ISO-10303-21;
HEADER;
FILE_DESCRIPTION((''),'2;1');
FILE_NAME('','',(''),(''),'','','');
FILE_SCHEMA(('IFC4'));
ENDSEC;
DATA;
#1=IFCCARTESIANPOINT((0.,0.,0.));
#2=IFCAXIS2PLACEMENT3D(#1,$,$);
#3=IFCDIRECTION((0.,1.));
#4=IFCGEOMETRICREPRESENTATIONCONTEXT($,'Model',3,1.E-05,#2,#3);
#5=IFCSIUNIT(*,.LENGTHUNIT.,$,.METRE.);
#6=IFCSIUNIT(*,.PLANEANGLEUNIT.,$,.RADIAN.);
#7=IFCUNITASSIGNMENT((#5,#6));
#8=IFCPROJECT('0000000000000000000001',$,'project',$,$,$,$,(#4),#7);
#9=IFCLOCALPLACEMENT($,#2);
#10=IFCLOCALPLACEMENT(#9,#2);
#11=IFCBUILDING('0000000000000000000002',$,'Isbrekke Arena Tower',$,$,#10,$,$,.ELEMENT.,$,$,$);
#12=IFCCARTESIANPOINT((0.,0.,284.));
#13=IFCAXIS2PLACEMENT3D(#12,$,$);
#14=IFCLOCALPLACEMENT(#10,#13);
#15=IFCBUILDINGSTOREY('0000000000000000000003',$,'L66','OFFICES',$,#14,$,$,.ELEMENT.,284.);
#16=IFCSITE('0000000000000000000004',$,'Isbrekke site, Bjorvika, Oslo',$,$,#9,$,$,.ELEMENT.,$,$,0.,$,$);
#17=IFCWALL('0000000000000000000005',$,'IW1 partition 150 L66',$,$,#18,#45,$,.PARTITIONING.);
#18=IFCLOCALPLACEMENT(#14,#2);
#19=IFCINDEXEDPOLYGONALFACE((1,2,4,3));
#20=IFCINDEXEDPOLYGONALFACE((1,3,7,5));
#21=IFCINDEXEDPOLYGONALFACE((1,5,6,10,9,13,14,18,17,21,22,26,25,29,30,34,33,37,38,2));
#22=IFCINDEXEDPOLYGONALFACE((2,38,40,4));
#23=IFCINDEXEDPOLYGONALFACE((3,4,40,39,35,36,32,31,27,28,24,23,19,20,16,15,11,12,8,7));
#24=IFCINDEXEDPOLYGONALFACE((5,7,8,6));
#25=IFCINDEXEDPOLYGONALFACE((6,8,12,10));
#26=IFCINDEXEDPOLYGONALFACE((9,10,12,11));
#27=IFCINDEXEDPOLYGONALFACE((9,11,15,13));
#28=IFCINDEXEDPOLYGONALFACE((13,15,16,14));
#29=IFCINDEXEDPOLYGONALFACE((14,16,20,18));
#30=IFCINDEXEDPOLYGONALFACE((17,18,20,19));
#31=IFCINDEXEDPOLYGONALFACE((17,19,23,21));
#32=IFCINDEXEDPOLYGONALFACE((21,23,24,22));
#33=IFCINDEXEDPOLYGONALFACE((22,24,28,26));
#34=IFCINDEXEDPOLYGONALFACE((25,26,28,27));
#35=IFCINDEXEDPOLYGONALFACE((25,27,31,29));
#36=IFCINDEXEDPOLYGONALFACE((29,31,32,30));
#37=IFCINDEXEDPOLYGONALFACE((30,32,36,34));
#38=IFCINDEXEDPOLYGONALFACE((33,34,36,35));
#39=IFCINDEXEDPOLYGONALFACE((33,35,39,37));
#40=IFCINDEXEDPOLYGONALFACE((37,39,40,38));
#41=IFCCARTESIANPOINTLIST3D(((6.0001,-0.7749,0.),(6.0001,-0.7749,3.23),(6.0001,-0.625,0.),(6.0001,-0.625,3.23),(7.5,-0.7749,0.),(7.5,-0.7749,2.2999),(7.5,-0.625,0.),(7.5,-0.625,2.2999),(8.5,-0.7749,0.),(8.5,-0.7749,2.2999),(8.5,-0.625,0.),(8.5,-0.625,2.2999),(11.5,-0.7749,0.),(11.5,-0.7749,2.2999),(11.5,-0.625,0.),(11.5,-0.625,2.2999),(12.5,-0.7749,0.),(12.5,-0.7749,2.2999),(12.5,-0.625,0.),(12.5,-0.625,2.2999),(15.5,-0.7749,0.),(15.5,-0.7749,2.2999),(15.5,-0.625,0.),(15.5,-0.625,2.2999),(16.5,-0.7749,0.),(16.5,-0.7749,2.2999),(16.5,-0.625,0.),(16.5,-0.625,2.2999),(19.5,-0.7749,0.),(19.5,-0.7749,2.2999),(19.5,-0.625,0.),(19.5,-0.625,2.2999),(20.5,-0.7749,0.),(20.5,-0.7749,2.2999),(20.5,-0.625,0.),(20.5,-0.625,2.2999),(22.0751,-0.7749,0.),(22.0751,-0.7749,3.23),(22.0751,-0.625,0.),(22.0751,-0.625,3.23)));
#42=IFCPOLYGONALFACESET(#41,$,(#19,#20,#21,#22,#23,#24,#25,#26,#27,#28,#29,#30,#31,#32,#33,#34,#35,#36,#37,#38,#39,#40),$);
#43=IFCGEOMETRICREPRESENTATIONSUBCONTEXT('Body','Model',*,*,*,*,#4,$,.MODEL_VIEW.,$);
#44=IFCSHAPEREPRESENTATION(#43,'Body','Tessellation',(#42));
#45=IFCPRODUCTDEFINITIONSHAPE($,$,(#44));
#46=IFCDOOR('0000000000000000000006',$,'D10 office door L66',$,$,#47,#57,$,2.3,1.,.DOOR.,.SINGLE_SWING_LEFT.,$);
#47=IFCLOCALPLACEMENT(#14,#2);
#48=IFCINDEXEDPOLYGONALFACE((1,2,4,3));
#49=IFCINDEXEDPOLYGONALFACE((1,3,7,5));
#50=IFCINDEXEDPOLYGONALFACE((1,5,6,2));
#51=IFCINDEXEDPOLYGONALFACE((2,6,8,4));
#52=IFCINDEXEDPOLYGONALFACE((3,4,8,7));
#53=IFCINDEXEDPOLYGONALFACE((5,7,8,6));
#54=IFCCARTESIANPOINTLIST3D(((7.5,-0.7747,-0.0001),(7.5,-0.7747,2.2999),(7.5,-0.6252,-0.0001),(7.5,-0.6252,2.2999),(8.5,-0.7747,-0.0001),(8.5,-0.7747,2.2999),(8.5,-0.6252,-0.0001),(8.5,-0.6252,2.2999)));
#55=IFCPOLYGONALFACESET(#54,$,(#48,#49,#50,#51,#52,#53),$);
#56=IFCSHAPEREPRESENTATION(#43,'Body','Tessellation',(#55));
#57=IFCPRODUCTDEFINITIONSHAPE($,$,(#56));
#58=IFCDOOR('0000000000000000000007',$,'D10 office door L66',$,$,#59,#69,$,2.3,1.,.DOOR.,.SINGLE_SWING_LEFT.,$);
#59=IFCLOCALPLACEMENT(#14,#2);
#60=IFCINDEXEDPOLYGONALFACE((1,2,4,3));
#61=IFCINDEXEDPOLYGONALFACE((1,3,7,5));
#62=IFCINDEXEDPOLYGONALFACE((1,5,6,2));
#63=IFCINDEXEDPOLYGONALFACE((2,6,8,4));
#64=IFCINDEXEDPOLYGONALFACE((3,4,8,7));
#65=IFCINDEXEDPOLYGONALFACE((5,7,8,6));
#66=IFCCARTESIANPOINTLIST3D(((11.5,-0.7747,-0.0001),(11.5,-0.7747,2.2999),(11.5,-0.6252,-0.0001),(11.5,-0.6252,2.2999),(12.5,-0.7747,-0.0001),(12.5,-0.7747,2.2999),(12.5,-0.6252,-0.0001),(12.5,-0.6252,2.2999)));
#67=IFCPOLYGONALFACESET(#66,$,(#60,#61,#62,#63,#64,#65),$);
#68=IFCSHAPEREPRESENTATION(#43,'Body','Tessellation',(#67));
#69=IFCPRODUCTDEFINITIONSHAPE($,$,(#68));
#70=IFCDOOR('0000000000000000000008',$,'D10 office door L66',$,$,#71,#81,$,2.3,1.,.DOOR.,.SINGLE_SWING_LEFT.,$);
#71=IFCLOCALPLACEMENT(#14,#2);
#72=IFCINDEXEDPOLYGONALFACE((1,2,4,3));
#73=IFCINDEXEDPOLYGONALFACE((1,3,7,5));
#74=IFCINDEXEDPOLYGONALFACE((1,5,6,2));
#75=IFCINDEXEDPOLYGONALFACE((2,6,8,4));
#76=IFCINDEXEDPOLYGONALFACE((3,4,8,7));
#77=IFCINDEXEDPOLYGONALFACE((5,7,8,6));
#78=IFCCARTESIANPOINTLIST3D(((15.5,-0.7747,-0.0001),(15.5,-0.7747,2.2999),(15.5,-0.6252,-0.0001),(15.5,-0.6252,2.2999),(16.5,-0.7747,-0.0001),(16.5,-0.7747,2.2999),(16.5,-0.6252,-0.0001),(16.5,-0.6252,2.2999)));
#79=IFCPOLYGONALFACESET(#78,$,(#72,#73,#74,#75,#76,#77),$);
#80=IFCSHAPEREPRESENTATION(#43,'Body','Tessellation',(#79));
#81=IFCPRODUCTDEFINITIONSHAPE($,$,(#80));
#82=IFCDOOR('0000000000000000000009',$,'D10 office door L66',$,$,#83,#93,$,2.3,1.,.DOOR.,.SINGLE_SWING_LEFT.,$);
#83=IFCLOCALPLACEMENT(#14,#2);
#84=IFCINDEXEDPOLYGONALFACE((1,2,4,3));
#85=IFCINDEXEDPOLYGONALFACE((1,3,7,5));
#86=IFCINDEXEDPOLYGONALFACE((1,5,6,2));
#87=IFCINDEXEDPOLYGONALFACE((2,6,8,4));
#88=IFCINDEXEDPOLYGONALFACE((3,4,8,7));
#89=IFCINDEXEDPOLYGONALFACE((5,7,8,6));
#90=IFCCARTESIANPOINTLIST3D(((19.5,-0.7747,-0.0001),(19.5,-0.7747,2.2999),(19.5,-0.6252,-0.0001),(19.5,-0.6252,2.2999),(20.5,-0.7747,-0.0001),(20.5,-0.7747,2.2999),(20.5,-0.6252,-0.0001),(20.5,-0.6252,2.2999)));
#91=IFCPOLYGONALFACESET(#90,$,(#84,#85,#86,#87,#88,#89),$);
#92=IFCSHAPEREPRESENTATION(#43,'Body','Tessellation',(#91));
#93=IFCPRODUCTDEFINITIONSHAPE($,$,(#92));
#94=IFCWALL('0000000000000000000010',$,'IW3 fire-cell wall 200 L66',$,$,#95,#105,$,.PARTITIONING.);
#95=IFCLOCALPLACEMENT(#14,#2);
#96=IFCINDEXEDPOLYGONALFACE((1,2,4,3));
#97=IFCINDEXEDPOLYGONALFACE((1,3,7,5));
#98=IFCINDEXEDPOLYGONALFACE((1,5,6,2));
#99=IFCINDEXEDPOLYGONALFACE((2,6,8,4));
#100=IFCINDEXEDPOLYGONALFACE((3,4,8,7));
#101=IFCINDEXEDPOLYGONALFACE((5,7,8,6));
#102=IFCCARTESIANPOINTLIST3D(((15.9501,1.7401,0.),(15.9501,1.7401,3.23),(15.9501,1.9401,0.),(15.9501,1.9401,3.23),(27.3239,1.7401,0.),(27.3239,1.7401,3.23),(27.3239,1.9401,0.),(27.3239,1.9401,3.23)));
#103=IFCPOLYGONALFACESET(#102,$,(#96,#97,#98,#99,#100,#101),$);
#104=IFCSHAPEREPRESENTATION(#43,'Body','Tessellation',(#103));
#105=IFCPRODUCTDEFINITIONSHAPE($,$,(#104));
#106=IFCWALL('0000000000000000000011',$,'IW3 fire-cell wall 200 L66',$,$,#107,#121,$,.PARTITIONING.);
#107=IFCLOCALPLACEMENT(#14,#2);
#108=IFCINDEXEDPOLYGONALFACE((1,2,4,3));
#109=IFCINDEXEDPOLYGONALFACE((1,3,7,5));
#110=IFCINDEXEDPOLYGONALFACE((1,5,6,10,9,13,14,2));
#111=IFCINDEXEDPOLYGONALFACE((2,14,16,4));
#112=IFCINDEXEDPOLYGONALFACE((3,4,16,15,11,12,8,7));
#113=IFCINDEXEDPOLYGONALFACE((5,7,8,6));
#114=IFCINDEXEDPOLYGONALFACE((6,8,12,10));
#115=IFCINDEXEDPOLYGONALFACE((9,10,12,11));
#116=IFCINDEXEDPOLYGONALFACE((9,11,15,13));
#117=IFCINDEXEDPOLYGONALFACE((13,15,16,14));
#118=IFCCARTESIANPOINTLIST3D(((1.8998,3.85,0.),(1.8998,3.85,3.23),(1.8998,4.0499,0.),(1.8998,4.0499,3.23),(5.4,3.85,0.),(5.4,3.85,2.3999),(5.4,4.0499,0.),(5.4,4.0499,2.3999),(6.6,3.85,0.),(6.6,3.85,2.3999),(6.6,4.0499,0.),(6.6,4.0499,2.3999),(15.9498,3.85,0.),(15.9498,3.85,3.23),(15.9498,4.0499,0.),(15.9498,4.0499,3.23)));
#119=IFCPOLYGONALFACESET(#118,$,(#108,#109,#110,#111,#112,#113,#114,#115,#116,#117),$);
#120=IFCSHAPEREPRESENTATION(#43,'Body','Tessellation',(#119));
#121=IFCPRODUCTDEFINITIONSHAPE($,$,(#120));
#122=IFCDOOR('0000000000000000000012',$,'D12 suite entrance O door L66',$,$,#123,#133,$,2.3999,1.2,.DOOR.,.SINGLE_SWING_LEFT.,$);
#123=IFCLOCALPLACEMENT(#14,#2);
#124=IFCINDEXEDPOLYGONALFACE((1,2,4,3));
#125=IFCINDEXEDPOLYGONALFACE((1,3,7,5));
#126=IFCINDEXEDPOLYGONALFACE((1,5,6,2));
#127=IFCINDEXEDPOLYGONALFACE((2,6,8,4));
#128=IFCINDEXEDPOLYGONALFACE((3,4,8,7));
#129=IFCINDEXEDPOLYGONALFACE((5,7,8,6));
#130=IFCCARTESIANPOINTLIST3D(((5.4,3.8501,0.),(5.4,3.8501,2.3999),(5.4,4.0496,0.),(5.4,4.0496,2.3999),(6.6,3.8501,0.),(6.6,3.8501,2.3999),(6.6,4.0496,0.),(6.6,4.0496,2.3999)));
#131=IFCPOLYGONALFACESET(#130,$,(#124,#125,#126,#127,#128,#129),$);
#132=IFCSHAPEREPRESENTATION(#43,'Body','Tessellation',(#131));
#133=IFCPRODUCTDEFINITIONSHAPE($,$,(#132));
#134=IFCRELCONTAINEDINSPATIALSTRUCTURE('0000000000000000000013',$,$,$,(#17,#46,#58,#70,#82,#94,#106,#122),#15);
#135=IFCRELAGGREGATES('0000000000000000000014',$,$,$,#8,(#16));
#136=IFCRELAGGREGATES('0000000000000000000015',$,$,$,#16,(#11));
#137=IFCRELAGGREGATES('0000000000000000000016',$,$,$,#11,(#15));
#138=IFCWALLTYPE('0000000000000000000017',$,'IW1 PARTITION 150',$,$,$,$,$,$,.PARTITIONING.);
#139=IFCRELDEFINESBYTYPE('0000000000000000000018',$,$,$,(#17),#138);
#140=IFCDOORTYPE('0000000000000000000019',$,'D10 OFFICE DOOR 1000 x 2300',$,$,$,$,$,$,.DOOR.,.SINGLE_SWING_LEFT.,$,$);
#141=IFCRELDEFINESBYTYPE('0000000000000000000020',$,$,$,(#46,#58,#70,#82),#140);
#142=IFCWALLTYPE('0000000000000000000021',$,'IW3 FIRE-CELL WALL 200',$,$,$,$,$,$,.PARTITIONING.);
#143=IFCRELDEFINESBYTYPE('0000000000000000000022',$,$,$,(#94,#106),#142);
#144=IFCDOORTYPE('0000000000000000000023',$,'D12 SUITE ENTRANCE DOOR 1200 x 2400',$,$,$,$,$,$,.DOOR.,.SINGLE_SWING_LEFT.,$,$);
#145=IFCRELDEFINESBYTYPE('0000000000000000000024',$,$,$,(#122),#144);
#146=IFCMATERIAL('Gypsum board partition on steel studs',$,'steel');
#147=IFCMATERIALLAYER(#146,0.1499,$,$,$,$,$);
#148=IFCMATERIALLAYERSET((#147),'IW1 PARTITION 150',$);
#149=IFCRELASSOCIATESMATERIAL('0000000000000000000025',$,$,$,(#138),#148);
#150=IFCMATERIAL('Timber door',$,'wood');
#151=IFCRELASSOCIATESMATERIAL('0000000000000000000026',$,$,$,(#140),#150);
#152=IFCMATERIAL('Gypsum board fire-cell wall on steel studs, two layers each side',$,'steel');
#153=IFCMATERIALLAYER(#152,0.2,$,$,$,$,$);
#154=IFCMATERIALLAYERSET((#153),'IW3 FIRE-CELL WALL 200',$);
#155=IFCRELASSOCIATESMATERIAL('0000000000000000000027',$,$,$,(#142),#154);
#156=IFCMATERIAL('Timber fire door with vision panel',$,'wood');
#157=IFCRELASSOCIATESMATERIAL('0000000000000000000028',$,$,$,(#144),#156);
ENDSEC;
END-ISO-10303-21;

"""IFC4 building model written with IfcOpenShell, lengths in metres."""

from ifc_helpers import new_model, si_unit, direction, frame, frame_2d, origin, place, context, subcontext, project, spatial, rectangle, extrude, material, layer, layer_set, type_object, element, fill, save


model = new_model("IFC4")

# Units and contexts
model_context = context("Model", 3, precision=1e-05, world=origin(), true_north=direction((0.0, 1.0)))
body_context = subcontext(model_context, "Body", "Model", "MODEL_VIEW")
ifc_project = project(units=[si_unit("LENGTHUNIT", "METRE"), si_unit("PLANEANGLEUNIT", "RADIAN")], contexts=[model_context])

# Site, building, storey
site_placement = place(None, origin())
site = spatial("IfcSite", under=ifc_project, at=site_placement, Name="Isbrekke site, Bjorvika, Oslo", CompositionType="ELEMENT", RefElevation=0.0)
building_placement = place(site_placement, origin())
building = spatial("IfcBuilding", under=site, at=building_placement, Name="Isbrekke Arena Tower", CompositionType="ELEMENT")
storey_placement = place(building_placement, frame((0.0, 0.0, 284.0)))
storey = spatial("IfcBuildingStorey", under=building, at=storey_placement, Name="L66", Description="OFFICES", CompositionType="ELEMENT", Elevation=284.0)

# Wall, openings, doors
ifc_material_1 = material(Name="Gypsum board partition on steel studs", Category="steel")
ifc_layer_1 = layer(ifc_material_1, 0.1499)
ifc_layer_set_1 = layer_set([ifc_layer_1], Name="IW1 PARTITION 150")
wall_type_1 = type_object("IfcWallType", Name="IW1 PARTITION 150", PredefinedType="PARTITIONING", material=ifc_layer_set_1)
wall_1_placement = place(storey_placement, frame((6.0, -0.7, 0.0), z_axis=(0.0, 0.0, 1.0), x_axis=(1.0, 0.0, 0.0)))
wall_1 = element("IfcWall", 1, at=wall_1_placement, inside=storey, type_object=wall_type_1, Name="IW1 partition 150 L66", PredefinedType="PARTITIONING", context=body_context, shape_type="SweptSolid", body=[
    extrude(rectangle(XDim=16.075, YDim=0.1499, at=frame_2d((8.0376, 0.0))), origin(), (0.0, 0.0, 1.0), 3.23),
])
opening_1_placement = place(wall_1_placement, frame((1.5, 0.0, 0.0)))
opening_1 = element("IfcOpeningElement", 2, at=opening_1_placement, cuts=wall_1, PredefinedType="OPENING", context=body_context, shape_type="SweptSolid", body=[
    extrude(rectangle(XDim=1.0, YDim=2.3, at=frame_2d((0.5, 1.1499))), frame((0.0, 0.0898, 0.0), z_axis=(0.0, -1.0, 0.0), x_axis=(1.0, 0.0, 0.0)), (0.0, 0.0, 1.0), 0.1797),
])
opening_2_placement = place(wall_1_placement, frame((5.5, 0.0, 0.0)))
opening_2 = element("IfcOpeningElement", 3, at=opening_2_placement, cuts=wall_1, PredefinedType="OPENING", context=body_context, shape_type="SweptSolid", body=[
    extrude(rectangle(XDim=1.0, YDim=2.3, at=frame_2d((0.5, 1.1499))), frame((0.0, 0.0898, 0.0), z_axis=(0.0, -1.0, 0.0), x_axis=(1.0, 0.0, 0.0)), (0.0, 0.0, 1.0), 0.1797),
])
opening_3_placement = place(wall_1_placement, frame((9.5, 0.0, 0.0)))
opening_3 = element("IfcOpeningElement", 4, at=opening_3_placement, cuts=wall_1, PredefinedType="OPENING", context=body_context, shape_type="SweptSolid", body=[
    extrude(rectangle(XDim=1.0, YDim=2.3, at=frame_2d((0.5, 1.1499))), frame((0.0, 0.0898, 0.0), z_axis=(0.0, -1.0, 0.0), x_axis=(1.0, 0.0, 0.0)), (0.0, 0.0, 1.0), 0.1797),
])
opening_4_placement = place(wall_1_placement, frame((13.5, 0.0, 0.0)))
opening_4 = element("IfcOpeningElement", 5, at=opening_4_placement, cuts=wall_1, PredefinedType="OPENING", context=body_context, shape_type="SweptSolid", body=[
    extrude(rectangle(XDim=1.0, YDim=2.3, at=frame_2d((0.5, 1.1499))), frame((0.0, 0.0898, 0.0), z_axis=(0.0, -1.0, 0.0), x_axis=(1.0, 0.0, 0.0)), (0.0, 0.0, 1.0), 0.1797),
])
ifc_material_2 = material(Name="Timber door", Category="wood")
door_type_1 = type_object("IfcDoorType", Name="D10 OFFICE DOOR 1000 x 2300", OperationType="SINGLE_SWING_LEFT", PredefinedType="DOOR", material=ifc_material_2)
door_1_placement = place(opening_1_placement, origin())
door_1 = element("IfcDoor", 6, at=door_1_placement, inside=storey, type_object=door_type_1, Name="D10 office door L66", OperationType="SINGLE_SWING_LEFT", OverallHeight=2.3, OverallWidth=1.0, PredefinedType="DOOR", context=body_context, shape_type="SweptSolid", body=[
    extrude(rectangle(XDim=1.0, YDim=2.3, at=frame_2d((0.5, 1.1499))), frame((0.0, 0.0747, 0.0), z_axis=(0.0, -1.0, 0.0), x_axis=(1.0, 0.0, 0.0)), (0.0, 0.0, 1.0), 0.1494),
])
fill(opening_1, door_1)
door_2_placement = place(opening_2_placement, origin())
door_2 = element("IfcDoor", 7, at=door_2_placement, inside=storey, type_object=door_type_1, Name="D10 office door L66", OperationType="SINGLE_SWING_LEFT", OverallHeight=2.3, OverallWidth=1.0, PredefinedType="DOOR", context=body_context, shape_type="SweptSolid", body=[
    extrude(rectangle(XDim=1.0, YDim=2.3, at=frame_2d((0.5, 1.1499))), frame((0.0, 0.0747, 0.0), z_axis=(0.0, -1.0, 0.0), x_axis=(1.0, 0.0, 0.0)), (0.0, 0.0, 1.0), 0.1494),
])
fill(opening_2, door_2)
door_3_placement = place(opening_3_placement, origin())
door_3 = element("IfcDoor", 8, at=door_3_placement, inside=storey, type_object=door_type_1, Name="D10 office door L66", OperationType="SINGLE_SWING_LEFT", OverallHeight=2.3, OverallWidth=1.0, PredefinedType="DOOR", context=body_context, shape_type="SweptSolid", body=[
    extrude(rectangle(XDim=1.0, YDim=2.3, at=frame_2d((0.5, 1.1499))), frame((0.0, 0.0747, 0.0), z_axis=(0.0, -1.0, 0.0), x_axis=(1.0, 0.0, 0.0)), (0.0, 0.0, 1.0), 0.1494),
])
fill(opening_3, door_3)
door_4_placement = place(opening_4_placement, origin())
door_4 = element("IfcDoor", 9, at=door_4_placement, inside=storey, type_object=door_type_1, Name="D10 office door L66", OperationType="SINGLE_SWING_LEFT", OverallHeight=2.3, OverallWidth=1.0, PredefinedType="DOOR", context=body_context, shape_type="SweptSolid", body=[
    extrude(rectangle(XDim=1.0, YDim=2.3, at=frame_2d((0.5, 1.1499))), frame((0.0, 0.0747, 0.0), z_axis=(0.0, -1.0, 0.0), x_axis=(1.0, 0.0, 0.0)), (0.0, 0.0, 1.0), 0.1494),
])
fill(opening_4, door_4)

# Wall
ifc_material_3 = material(Name="Gypsum board fire-cell wall on steel studs, two layers each side", Category="steel")
ifc_layer_2 = layer(ifc_material_3, 0.2)
ifc_layer_set_2 = layer_set([ifc_layer_2], Name="IW3 FIRE-CELL WALL 200")
wall_type_2 = type_object("IfcWallType", Name="IW3 FIRE-CELL WALL 200", PredefinedType="PARTITIONING", material=ifc_layer_set_2)
wall_2_placement = place(storey_placement, frame((15.95, 1.8401, 0.0), z_axis=(0.0, 0.0, 1.0), x_axis=(1.0, 0.0, 0.0)))
element("IfcWall", 10, at=wall_2_placement, inside=storey, type_object=wall_type_2, Name="IW3 fire-cell wall 200 L66", PredefinedType="PARTITIONING", context=body_context, shape_type="SweptSolid", body=[
    extrude(rectangle(XDim=11.3738, YDim=0.2, at=frame_2d((5.687, 0.0))), origin(), (0.0, 0.0, 1.0), 3.23),
])

# Wall, opening, door
wall_3_placement = place(storey_placement, frame((1.8999, 3.95, 0.0), z_axis=(0.0, 0.0, 1.0), x_axis=(1.0, 0.0, 0.0)))
wall_3 = element("IfcWall", 11, at=wall_3_placement, inside=storey, type_object=wall_type_2, Name="IW3 fire-cell wall 200 L66", PredefinedType="PARTITIONING", context=body_context, shape_type="SweptSolid", body=[
    extrude(rectangle(XDim=14.05, YDim=0.2, at=frame_2d((7.0249, 0.0))), origin(), (0.0, 0.0, 1.0), 3.23),
])
opening_5_placement = place(wall_3_placement, frame((3.5, 0.0, 0.0)))
opening_5 = element("IfcOpeningElement", 12, at=opening_5_placement, cuts=wall_3, PredefinedType="OPENING", context=body_context, shape_type="SweptSolid", body=[
    extrude(rectangle(XDim=1.2, YDim=2.3999, at=frame_2d((0.6001, 1.2))), frame((0.0, 0.1147, 0.0), z_axis=(0.0, -1.0, 0.0), x_axis=(1.0, 0.0, 0.0)), (0.0, 0.0, 1.0), 0.2297),
])
ifc_material_4 = material(Name="Timber fire door with vision panel", Category="wood")
door_type_2 = type_object("IfcDoorType", Name="D12 SUITE ENTRANCE DOOR 1200 x 2400", OperationType="SINGLE_SWING_LEFT", PredefinedType="DOOR", material=ifc_material_4)
door_5_placement = place(opening_5_placement, origin())
door_5 = element("IfcDoor", 13, at=door_5_placement, inside=storey, type_object=door_type_2, Name="D12 suite entrance O door L66", OperationType="SINGLE_SWING_LEFT", OverallHeight=2.3999, OverallWidth=1.2, PredefinedType="DOOR", context=body_context, shape_type="SweptSolid", body=[
    extrude(rectangle(XDim=1.2, YDim=2.3999, at=frame_2d((0.6001, 1.2))), frame((0.0, 0.0996, 0.0), z_axis=(0.0, -1.0, 0.0), x_axis=(1.0, 0.0, 0.0)), (0.0, 0.0, 1.0), 0.1995),
])
fill(opening_5, door_5)

save(model, "model.ifc")
